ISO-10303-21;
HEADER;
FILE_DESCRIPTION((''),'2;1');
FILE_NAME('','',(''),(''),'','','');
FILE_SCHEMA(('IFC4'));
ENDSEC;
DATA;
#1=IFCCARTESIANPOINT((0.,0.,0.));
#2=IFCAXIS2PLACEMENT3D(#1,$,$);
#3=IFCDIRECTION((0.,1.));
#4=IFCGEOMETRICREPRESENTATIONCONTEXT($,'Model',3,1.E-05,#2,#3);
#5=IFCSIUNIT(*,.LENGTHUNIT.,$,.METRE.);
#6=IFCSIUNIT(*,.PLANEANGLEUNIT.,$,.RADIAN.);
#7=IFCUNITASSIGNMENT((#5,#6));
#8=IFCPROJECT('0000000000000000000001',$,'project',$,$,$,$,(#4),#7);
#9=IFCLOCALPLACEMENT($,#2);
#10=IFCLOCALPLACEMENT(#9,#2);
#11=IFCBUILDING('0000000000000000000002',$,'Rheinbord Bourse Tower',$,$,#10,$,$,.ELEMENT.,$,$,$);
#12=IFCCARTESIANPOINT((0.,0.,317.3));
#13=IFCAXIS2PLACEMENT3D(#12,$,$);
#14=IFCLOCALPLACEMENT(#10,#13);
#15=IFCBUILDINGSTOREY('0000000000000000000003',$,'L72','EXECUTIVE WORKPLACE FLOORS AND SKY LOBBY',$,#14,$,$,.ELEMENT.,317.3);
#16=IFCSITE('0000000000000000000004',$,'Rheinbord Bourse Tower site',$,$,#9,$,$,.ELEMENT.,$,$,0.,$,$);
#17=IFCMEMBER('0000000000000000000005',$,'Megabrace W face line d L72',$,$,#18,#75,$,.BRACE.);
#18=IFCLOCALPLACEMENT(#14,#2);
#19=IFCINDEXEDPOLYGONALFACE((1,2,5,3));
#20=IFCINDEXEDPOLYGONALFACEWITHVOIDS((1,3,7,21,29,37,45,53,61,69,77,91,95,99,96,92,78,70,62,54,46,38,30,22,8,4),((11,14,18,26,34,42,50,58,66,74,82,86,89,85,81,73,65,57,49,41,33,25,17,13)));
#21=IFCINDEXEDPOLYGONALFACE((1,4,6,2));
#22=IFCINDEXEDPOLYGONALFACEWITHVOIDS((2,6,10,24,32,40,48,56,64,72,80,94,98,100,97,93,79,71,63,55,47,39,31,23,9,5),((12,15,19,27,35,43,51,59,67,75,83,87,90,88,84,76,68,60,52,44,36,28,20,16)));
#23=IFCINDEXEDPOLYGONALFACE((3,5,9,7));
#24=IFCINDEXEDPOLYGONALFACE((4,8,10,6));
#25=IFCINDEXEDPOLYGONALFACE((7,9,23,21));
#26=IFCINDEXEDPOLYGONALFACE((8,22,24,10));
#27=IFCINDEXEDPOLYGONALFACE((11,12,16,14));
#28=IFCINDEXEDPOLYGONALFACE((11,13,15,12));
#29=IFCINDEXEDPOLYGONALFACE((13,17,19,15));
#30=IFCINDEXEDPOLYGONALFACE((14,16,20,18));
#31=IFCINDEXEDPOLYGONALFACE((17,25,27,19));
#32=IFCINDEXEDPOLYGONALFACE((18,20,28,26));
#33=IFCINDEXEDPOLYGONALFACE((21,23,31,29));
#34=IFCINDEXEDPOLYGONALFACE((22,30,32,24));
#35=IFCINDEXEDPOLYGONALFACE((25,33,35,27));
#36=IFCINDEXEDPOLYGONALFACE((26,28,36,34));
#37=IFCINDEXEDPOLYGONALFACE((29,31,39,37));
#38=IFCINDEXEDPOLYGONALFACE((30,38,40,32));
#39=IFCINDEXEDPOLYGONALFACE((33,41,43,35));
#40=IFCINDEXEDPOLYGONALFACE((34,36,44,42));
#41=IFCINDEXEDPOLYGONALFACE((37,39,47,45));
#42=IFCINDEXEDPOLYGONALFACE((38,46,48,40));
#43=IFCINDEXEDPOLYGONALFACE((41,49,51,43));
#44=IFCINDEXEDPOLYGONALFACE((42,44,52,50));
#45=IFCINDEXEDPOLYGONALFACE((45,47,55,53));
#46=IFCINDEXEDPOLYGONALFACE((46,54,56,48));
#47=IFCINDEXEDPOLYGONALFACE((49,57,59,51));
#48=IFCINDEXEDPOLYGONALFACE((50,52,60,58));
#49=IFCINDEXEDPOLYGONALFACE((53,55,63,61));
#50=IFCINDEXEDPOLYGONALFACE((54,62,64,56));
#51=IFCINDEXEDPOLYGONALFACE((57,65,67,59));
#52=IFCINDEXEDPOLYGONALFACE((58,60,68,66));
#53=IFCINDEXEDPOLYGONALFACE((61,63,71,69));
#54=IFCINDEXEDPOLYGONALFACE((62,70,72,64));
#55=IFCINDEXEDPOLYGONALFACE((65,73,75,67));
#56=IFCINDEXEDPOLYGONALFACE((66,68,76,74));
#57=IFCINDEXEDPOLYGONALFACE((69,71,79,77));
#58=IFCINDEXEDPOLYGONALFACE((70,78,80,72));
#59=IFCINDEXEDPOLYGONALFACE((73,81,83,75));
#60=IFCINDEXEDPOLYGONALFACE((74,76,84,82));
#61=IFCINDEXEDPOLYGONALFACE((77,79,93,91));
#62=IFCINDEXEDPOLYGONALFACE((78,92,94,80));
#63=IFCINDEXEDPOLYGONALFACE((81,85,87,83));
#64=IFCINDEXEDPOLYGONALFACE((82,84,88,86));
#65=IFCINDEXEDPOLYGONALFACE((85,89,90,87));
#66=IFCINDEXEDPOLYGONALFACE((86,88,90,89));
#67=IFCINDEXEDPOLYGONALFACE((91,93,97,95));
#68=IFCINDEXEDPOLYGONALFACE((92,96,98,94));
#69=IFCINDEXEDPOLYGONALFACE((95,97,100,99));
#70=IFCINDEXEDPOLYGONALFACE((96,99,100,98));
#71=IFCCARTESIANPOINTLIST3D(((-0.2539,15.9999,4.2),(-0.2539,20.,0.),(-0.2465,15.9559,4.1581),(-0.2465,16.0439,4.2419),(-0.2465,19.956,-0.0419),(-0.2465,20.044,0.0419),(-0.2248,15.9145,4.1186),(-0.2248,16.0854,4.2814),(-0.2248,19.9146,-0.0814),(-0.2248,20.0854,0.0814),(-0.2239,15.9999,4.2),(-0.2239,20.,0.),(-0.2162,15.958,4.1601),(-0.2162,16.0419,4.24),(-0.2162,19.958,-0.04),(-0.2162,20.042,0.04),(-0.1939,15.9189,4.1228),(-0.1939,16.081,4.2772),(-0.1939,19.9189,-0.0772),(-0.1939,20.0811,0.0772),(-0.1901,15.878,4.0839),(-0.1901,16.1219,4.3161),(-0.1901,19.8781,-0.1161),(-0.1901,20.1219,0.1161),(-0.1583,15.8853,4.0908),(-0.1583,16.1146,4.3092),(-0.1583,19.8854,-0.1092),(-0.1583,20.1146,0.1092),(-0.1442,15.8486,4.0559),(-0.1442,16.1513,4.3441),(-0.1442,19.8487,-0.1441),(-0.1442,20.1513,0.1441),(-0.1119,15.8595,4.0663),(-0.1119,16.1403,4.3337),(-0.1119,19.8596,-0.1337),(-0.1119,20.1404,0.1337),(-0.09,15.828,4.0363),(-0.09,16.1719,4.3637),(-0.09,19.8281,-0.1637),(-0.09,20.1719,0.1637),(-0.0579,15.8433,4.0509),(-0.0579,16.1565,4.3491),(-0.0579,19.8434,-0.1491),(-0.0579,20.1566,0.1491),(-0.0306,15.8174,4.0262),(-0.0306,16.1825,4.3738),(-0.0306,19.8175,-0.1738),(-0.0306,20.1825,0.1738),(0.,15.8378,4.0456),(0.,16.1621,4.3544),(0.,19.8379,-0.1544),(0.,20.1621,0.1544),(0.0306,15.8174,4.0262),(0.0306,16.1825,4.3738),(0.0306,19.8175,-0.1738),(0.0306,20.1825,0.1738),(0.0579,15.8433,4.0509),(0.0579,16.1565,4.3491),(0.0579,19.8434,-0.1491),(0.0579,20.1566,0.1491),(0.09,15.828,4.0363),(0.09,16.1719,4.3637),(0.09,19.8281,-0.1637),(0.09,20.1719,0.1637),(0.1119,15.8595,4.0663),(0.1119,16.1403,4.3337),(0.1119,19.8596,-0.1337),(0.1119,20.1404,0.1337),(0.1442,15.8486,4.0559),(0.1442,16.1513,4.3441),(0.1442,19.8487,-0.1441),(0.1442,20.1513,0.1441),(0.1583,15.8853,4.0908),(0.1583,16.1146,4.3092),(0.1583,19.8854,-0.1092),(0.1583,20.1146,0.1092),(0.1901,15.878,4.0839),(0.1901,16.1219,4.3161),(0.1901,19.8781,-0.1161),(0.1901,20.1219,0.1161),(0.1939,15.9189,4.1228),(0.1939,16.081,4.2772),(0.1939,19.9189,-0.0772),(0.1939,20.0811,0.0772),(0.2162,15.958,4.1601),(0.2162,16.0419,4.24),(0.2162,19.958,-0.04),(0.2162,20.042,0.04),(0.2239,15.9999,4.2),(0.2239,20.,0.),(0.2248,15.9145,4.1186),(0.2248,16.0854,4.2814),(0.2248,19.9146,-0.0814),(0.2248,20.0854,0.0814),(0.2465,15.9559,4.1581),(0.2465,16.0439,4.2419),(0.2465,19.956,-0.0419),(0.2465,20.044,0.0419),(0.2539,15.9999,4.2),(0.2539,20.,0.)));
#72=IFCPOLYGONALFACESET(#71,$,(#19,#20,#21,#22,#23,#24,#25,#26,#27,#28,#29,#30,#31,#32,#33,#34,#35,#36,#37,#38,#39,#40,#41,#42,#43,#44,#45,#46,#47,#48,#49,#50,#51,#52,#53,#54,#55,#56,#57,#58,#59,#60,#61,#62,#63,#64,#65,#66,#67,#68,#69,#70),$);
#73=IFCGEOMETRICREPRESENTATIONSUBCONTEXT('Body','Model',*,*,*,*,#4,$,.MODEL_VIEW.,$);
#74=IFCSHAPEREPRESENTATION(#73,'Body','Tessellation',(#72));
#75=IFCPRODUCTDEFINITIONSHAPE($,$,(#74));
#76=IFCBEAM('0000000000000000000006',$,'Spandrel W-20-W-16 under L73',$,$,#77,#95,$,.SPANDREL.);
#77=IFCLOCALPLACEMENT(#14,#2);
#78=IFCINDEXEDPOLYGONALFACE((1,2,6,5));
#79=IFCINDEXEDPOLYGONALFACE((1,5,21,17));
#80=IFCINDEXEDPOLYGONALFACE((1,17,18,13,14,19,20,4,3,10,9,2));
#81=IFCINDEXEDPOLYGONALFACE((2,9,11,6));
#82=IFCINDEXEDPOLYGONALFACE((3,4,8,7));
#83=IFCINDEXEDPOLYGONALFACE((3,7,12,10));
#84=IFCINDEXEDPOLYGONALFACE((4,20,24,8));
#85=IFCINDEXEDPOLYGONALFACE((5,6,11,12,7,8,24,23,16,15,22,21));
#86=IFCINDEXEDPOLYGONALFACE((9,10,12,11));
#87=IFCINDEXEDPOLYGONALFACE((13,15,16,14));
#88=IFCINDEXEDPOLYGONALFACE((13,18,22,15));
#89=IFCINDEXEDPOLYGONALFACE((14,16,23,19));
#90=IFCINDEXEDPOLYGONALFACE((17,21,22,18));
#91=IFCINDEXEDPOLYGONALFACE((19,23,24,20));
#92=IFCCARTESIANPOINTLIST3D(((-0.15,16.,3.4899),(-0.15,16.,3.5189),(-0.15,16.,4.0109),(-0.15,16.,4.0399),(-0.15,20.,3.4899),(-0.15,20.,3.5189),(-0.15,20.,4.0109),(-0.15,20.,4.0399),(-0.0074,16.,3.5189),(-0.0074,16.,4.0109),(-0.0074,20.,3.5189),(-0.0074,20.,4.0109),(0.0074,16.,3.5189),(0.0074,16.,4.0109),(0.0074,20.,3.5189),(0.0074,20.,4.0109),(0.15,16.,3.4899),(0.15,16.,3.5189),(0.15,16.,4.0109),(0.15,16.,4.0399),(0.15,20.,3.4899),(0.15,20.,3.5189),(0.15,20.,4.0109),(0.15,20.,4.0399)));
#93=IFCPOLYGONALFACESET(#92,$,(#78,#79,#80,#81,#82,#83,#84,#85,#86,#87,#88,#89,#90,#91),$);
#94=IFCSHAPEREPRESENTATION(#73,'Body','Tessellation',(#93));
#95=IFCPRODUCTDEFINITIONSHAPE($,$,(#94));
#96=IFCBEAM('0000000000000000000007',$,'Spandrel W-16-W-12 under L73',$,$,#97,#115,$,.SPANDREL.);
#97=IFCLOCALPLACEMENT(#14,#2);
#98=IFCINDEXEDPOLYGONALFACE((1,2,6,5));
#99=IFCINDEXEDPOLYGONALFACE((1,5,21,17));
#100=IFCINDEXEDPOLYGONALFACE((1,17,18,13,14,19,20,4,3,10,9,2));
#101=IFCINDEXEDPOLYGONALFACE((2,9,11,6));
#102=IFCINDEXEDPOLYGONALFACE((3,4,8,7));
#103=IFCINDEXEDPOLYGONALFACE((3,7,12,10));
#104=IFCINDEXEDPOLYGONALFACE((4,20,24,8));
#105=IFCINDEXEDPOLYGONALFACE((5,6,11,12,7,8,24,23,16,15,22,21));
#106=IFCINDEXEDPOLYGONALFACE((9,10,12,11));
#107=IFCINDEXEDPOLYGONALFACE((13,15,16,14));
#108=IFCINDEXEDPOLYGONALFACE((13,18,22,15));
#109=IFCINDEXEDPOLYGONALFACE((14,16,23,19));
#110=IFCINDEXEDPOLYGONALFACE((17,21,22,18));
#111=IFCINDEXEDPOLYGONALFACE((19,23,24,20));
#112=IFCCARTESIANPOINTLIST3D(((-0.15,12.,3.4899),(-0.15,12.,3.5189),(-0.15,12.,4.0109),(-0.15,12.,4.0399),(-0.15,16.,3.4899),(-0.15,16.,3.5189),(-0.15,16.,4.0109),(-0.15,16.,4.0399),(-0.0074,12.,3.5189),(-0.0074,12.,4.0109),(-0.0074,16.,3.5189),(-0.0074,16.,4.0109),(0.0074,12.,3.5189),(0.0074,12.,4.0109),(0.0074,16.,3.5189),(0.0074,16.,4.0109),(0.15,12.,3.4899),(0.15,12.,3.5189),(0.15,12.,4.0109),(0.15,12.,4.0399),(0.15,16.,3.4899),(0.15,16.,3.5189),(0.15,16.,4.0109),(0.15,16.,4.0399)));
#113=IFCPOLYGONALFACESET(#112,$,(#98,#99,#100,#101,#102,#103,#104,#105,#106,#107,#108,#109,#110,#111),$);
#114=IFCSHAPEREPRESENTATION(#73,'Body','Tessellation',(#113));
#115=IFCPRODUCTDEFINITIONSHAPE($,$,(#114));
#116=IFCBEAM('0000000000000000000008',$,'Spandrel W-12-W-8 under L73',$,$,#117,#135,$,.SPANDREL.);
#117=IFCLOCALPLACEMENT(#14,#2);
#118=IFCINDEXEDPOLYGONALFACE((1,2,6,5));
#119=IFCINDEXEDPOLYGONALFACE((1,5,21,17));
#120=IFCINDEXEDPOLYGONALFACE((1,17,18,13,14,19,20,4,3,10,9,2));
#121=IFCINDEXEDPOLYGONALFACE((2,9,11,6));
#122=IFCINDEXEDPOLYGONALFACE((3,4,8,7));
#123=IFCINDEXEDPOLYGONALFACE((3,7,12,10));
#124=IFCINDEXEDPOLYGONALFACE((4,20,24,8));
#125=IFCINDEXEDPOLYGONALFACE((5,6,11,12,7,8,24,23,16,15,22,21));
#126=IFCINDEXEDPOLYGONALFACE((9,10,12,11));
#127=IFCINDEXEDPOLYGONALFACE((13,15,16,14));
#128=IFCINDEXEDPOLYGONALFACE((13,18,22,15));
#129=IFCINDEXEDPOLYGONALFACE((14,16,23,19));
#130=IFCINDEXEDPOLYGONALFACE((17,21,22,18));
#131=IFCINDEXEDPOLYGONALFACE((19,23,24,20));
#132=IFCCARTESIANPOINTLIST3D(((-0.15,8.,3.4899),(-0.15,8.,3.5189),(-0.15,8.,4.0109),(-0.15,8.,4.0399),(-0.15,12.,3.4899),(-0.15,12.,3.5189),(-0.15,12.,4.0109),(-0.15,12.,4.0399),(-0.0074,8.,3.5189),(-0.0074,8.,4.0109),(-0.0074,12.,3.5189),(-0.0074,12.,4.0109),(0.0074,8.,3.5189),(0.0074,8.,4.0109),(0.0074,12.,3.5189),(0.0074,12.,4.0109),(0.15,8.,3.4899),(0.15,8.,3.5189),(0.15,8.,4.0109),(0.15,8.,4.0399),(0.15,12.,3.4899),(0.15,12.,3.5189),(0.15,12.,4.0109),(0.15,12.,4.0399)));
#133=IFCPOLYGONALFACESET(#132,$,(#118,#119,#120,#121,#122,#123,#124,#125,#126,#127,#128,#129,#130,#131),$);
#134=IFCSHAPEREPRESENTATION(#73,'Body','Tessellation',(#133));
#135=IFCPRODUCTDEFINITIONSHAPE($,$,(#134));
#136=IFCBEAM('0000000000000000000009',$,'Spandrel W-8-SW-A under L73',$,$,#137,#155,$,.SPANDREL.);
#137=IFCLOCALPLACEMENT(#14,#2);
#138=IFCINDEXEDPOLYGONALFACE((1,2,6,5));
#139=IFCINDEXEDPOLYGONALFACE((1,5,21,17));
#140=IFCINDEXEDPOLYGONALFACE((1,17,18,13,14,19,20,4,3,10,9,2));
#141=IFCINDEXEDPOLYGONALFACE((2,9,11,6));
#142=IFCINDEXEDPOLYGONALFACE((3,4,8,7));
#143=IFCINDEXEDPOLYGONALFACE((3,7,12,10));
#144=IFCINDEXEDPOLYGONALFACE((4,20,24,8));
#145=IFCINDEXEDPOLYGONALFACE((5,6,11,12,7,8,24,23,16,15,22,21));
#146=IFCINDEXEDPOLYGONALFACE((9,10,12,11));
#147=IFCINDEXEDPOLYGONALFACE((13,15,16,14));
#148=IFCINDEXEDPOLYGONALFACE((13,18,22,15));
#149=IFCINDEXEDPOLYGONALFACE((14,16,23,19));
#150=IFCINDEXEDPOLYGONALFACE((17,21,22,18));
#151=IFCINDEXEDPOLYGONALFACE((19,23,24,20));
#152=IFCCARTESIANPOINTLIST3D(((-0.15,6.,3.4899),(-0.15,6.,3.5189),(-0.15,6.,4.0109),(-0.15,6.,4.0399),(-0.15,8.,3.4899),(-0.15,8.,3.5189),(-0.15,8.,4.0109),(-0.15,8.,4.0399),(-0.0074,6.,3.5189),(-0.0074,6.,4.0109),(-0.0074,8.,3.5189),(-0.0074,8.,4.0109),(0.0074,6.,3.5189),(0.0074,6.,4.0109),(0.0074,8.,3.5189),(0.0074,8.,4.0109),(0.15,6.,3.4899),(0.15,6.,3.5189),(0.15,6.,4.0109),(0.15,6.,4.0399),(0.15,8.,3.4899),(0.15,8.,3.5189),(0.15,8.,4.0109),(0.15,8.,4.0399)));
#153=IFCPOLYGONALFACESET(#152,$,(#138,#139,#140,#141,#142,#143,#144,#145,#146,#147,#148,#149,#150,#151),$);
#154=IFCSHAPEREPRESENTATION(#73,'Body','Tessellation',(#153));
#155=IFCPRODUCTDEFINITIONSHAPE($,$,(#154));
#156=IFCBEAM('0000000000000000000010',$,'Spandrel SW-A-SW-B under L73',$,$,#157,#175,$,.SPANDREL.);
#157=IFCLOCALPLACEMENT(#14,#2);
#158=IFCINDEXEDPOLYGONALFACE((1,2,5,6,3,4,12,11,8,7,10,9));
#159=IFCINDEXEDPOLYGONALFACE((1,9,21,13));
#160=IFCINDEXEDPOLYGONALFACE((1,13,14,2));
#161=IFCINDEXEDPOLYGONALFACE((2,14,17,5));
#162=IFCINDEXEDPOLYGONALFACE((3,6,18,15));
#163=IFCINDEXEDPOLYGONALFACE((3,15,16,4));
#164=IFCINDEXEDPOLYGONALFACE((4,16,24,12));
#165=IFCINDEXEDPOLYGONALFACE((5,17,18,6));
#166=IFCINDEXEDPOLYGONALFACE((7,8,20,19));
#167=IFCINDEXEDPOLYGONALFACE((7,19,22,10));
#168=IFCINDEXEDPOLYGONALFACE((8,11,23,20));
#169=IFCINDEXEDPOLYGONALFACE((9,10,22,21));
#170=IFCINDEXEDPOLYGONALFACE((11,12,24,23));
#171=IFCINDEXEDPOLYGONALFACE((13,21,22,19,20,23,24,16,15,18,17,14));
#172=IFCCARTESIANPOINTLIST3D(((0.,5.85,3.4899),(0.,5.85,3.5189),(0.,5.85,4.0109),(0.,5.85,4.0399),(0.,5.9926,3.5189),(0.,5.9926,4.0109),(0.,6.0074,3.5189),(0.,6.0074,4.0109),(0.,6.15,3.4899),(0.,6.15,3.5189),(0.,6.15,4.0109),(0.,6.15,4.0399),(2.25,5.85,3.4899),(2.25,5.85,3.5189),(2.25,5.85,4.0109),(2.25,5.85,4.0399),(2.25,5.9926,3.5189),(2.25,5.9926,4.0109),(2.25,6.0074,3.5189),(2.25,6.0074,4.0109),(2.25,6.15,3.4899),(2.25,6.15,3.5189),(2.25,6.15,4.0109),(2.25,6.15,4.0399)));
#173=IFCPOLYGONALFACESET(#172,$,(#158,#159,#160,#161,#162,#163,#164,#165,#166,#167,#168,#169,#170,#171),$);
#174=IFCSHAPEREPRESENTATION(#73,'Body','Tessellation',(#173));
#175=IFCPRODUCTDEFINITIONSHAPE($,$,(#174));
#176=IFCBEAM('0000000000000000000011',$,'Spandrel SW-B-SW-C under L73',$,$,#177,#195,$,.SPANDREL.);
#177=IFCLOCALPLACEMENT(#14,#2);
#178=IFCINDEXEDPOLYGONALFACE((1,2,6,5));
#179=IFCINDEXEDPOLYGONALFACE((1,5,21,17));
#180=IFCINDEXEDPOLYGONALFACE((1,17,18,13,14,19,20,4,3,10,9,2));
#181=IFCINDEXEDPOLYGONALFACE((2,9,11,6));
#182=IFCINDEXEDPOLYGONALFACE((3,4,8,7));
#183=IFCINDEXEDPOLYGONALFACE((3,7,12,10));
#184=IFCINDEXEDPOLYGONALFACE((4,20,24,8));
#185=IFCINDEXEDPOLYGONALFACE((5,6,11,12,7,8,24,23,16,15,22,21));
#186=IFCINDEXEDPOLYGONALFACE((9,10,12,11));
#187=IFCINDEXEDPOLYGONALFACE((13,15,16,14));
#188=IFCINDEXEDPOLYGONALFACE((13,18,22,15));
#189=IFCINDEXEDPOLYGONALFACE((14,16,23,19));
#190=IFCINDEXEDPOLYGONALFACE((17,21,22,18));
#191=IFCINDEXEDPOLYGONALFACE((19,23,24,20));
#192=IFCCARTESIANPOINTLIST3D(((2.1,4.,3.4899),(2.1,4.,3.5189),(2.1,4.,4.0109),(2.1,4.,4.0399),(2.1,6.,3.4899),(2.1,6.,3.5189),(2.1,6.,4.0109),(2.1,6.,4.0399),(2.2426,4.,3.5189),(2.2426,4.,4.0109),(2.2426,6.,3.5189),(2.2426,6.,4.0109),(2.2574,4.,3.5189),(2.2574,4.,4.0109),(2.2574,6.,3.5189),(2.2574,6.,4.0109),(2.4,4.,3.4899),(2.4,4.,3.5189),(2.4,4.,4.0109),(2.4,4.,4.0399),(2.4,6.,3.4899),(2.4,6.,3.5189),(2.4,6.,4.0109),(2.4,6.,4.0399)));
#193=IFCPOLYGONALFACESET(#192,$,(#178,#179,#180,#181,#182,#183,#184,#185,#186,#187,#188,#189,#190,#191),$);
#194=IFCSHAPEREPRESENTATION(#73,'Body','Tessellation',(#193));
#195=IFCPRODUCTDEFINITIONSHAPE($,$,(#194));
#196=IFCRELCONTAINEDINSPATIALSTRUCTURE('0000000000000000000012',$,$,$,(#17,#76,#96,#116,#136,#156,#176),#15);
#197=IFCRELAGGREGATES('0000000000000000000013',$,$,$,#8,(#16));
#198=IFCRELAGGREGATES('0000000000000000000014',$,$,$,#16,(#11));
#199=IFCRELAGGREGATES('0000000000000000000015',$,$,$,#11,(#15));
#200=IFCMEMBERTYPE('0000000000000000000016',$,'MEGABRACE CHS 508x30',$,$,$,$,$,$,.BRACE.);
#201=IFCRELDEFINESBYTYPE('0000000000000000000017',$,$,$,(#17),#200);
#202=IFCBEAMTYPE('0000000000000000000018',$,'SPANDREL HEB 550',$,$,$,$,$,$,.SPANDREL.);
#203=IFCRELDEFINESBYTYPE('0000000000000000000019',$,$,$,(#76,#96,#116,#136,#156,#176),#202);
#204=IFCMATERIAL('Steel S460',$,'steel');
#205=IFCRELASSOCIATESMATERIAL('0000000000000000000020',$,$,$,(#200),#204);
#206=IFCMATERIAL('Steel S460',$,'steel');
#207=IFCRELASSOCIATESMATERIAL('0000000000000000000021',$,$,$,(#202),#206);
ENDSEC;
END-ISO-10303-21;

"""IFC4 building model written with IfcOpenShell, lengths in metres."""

from ifc_helpers import new_model, si_unit, direction, frame, origin, origin_2d, place, context, subcontext, project, spatial, hollow_circle, i_section, extrude, material, material_profile, profile_set, type_object, element, save


model = new_model("IFC4")

# Units and contexts
model_context = context("Model", 3, precision=1e-05, world=origin(), true_north=direction((0.0, 1.0)))
body_context = subcontext(model_context, "Body", "Model", "MODEL_VIEW")
ifc_project = project(units=[si_unit("LENGTHUNIT", "METRE"), si_unit("PLANEANGLEUNIT", "RADIAN")], contexts=[model_context])

# Site, building, storey
site_placement = place(None, origin())
site = spatial("IfcSite", under=ifc_project, at=site_placement, Name="Rheinbord Bourse Tower site", CompositionType="ELEMENT", RefElevation=0.0)
building_placement = place(site_placement, origin())
building = spatial("IfcBuilding", under=site, at=building_placement, Name="Rheinbord Bourse Tower", CompositionType="ELEMENT")
storey_placement = place(building_placement, frame((0.0, 0.0, 317.3)))
storey = spatial("IfcBuildingStorey", under=building, at=storey_placement, Name="L72", Description="EXECUTIVE WORKPLACE FLOORS AND SKY LOBBY", CompositionType="ELEMENT", Elevation=317.3)

# Member
ifc_material_1 = material(Name="Steel S460", Category="steel")
ifc_material_profile_1 = material_profile(ifc_material_1, hollow_circle(Radius=0.2539, WallThickness=0.03, at=origin_2d()), Name="CHS 508x30")
ifc_profile_set_1 = profile_set([ifc_material_profile_1], Name="Steel S460")
member_type_1 = type_object("IfcMemberType", Name="MEGABRACE CHS 508x30", PredefinedType="BRACE", material=ifc_profile_set_1)
for number, where, z_axis, x_axis, name in (
    (1, (0.0, 20.0, 0.0), (0.0, -0.689659, 0.724134), (1.0, 0.0, 0.0), "Megabrace W face line d L72"),
):
    element("IfcMember", number, at=place(storey_placement, frame(where, z_axis=z_axis, x_axis=x_axis)), inside=storey, type_object=member_type_1, Name=name, PredefinedType="BRACE", context=body_context, shape_type="SweptSolid", body=[
        extrude(hollow_circle(Radius=0.2539, WallThickness=0.03, at=origin_2d()), origin(), (0.0, 0.0, 1.0), 5.8),
    ])

# Beams
ifc_material_2 = material(Name="Steel S460", Category="steel")
ifc_material_profile_2 = material_profile(ifc_material_2, i_section(OverallWidth=0.3, OverallDepth=0.55, WebThickness=0.0149, FlangeThickness=0.0291, at=origin_2d()), Name="HEB 550")
ifc_profile_set_2 = profile_set([ifc_material_profile_2], Name="Steel S460")
beam_type_1 = type_object("IfcBeamType", Name="SPANDREL HEB 550", PredefinedType="SPANDREL", material=ifc_profile_set_2)
for number, where, z_axis, x_axis, name in (
    (2, (0.0, 20.0, 3.7649), (0.0, -1.0, 0.0), (1.0, 0.0, 0.0), "Spandrel W-20-W-16 under L73"),
    (3, (0.0, 16.0, 3.7649), (0.0, -1.0, 0.0), (1.0, 0.0, 0.0), "Spandrel W-16-W-12 under L73"),
    (4, (0.0, 12.0, 3.7649), (0.0, -1.0, 0.0), (1.0, 0.0, 0.0), "Spandrel W-12-W-8 under L73"),
):
    element("IfcBeam", number, at=place(storey_placement, frame(where, z_axis=z_axis, x_axis=x_axis)), inside=storey, type_object=beam_type_1, Name=name, PredefinedType="SPANDREL", context=body_context, shape_type="SweptSolid", body=[
        extrude(i_section(OverallWidth=0.3, OverallDepth=0.55, WebThickness=0.0149, FlangeThickness=0.0291, at=origin_2d()), origin(), (0.0, 0.0, 1.0), 4.0),
    ])
beam_1_placement = place(storey_placement, frame((0.0, 8.0, 3.7649), z_axis=(0.0, -1.0, 0.0), x_axis=(1.0, 0.0, 0.0)))
element("IfcBeam", 5, at=beam_1_placement, inside=storey, type_object=beam_type_1, Name="Spandrel W-8-SW-A under L73", PredefinedType="SPANDREL", context=body_context, shape_type="SweptSolid", body=[
    extrude(i_section(OverallWidth=0.3, OverallDepth=0.55, WebThickness=0.0149, FlangeThickness=0.0291, at=origin_2d()), origin(), (0.0, 0.0, 1.0), 2.0),
])
beam_2_placement = place(storey_placement, frame((0.0, 6.0, 3.7649), z_axis=(1.0, 0.0, 0.0), x_axis=(0.0, 1.0, 0.0)))
element("IfcBeam", 6, at=beam_2_placement, inside=storey, type_object=beam_type_1, Name="Spandrel SW-A-SW-B under L73", PredefinedType="SPANDREL", context=body_context, shape_type="SweptSolid", body=[
    extrude(i_section(OverallWidth=0.3, OverallDepth=0.55, WebThickness=0.0149, FlangeThickness=0.0291, at=origin_2d()), origin(), (0.0, 0.0, 1.0), 2.25),
])
beam_3_placement = place(storey_placement, frame((2.25, 6.0, 3.7649), z_axis=(0.0, -1.0, 0.0), x_axis=(1.0, 0.0, 0.0)))
element("IfcBeam", 7, at=beam_3_placement, inside=storey, type_object=beam_type_1, Name="Spandrel SW-B-SW-C under L73", PredefinedType="SPANDREL", context=body_context, shape_type="SweptSolid", body=[
    extrude(i_section(OverallWidth=0.3, OverallDepth=0.55, WebThickness=0.0149, FlangeThickness=0.0291, at=origin_2d()), origin(), (0.0, 0.0, 1.0), 2.0),
])

save(model, "model.ifc")
